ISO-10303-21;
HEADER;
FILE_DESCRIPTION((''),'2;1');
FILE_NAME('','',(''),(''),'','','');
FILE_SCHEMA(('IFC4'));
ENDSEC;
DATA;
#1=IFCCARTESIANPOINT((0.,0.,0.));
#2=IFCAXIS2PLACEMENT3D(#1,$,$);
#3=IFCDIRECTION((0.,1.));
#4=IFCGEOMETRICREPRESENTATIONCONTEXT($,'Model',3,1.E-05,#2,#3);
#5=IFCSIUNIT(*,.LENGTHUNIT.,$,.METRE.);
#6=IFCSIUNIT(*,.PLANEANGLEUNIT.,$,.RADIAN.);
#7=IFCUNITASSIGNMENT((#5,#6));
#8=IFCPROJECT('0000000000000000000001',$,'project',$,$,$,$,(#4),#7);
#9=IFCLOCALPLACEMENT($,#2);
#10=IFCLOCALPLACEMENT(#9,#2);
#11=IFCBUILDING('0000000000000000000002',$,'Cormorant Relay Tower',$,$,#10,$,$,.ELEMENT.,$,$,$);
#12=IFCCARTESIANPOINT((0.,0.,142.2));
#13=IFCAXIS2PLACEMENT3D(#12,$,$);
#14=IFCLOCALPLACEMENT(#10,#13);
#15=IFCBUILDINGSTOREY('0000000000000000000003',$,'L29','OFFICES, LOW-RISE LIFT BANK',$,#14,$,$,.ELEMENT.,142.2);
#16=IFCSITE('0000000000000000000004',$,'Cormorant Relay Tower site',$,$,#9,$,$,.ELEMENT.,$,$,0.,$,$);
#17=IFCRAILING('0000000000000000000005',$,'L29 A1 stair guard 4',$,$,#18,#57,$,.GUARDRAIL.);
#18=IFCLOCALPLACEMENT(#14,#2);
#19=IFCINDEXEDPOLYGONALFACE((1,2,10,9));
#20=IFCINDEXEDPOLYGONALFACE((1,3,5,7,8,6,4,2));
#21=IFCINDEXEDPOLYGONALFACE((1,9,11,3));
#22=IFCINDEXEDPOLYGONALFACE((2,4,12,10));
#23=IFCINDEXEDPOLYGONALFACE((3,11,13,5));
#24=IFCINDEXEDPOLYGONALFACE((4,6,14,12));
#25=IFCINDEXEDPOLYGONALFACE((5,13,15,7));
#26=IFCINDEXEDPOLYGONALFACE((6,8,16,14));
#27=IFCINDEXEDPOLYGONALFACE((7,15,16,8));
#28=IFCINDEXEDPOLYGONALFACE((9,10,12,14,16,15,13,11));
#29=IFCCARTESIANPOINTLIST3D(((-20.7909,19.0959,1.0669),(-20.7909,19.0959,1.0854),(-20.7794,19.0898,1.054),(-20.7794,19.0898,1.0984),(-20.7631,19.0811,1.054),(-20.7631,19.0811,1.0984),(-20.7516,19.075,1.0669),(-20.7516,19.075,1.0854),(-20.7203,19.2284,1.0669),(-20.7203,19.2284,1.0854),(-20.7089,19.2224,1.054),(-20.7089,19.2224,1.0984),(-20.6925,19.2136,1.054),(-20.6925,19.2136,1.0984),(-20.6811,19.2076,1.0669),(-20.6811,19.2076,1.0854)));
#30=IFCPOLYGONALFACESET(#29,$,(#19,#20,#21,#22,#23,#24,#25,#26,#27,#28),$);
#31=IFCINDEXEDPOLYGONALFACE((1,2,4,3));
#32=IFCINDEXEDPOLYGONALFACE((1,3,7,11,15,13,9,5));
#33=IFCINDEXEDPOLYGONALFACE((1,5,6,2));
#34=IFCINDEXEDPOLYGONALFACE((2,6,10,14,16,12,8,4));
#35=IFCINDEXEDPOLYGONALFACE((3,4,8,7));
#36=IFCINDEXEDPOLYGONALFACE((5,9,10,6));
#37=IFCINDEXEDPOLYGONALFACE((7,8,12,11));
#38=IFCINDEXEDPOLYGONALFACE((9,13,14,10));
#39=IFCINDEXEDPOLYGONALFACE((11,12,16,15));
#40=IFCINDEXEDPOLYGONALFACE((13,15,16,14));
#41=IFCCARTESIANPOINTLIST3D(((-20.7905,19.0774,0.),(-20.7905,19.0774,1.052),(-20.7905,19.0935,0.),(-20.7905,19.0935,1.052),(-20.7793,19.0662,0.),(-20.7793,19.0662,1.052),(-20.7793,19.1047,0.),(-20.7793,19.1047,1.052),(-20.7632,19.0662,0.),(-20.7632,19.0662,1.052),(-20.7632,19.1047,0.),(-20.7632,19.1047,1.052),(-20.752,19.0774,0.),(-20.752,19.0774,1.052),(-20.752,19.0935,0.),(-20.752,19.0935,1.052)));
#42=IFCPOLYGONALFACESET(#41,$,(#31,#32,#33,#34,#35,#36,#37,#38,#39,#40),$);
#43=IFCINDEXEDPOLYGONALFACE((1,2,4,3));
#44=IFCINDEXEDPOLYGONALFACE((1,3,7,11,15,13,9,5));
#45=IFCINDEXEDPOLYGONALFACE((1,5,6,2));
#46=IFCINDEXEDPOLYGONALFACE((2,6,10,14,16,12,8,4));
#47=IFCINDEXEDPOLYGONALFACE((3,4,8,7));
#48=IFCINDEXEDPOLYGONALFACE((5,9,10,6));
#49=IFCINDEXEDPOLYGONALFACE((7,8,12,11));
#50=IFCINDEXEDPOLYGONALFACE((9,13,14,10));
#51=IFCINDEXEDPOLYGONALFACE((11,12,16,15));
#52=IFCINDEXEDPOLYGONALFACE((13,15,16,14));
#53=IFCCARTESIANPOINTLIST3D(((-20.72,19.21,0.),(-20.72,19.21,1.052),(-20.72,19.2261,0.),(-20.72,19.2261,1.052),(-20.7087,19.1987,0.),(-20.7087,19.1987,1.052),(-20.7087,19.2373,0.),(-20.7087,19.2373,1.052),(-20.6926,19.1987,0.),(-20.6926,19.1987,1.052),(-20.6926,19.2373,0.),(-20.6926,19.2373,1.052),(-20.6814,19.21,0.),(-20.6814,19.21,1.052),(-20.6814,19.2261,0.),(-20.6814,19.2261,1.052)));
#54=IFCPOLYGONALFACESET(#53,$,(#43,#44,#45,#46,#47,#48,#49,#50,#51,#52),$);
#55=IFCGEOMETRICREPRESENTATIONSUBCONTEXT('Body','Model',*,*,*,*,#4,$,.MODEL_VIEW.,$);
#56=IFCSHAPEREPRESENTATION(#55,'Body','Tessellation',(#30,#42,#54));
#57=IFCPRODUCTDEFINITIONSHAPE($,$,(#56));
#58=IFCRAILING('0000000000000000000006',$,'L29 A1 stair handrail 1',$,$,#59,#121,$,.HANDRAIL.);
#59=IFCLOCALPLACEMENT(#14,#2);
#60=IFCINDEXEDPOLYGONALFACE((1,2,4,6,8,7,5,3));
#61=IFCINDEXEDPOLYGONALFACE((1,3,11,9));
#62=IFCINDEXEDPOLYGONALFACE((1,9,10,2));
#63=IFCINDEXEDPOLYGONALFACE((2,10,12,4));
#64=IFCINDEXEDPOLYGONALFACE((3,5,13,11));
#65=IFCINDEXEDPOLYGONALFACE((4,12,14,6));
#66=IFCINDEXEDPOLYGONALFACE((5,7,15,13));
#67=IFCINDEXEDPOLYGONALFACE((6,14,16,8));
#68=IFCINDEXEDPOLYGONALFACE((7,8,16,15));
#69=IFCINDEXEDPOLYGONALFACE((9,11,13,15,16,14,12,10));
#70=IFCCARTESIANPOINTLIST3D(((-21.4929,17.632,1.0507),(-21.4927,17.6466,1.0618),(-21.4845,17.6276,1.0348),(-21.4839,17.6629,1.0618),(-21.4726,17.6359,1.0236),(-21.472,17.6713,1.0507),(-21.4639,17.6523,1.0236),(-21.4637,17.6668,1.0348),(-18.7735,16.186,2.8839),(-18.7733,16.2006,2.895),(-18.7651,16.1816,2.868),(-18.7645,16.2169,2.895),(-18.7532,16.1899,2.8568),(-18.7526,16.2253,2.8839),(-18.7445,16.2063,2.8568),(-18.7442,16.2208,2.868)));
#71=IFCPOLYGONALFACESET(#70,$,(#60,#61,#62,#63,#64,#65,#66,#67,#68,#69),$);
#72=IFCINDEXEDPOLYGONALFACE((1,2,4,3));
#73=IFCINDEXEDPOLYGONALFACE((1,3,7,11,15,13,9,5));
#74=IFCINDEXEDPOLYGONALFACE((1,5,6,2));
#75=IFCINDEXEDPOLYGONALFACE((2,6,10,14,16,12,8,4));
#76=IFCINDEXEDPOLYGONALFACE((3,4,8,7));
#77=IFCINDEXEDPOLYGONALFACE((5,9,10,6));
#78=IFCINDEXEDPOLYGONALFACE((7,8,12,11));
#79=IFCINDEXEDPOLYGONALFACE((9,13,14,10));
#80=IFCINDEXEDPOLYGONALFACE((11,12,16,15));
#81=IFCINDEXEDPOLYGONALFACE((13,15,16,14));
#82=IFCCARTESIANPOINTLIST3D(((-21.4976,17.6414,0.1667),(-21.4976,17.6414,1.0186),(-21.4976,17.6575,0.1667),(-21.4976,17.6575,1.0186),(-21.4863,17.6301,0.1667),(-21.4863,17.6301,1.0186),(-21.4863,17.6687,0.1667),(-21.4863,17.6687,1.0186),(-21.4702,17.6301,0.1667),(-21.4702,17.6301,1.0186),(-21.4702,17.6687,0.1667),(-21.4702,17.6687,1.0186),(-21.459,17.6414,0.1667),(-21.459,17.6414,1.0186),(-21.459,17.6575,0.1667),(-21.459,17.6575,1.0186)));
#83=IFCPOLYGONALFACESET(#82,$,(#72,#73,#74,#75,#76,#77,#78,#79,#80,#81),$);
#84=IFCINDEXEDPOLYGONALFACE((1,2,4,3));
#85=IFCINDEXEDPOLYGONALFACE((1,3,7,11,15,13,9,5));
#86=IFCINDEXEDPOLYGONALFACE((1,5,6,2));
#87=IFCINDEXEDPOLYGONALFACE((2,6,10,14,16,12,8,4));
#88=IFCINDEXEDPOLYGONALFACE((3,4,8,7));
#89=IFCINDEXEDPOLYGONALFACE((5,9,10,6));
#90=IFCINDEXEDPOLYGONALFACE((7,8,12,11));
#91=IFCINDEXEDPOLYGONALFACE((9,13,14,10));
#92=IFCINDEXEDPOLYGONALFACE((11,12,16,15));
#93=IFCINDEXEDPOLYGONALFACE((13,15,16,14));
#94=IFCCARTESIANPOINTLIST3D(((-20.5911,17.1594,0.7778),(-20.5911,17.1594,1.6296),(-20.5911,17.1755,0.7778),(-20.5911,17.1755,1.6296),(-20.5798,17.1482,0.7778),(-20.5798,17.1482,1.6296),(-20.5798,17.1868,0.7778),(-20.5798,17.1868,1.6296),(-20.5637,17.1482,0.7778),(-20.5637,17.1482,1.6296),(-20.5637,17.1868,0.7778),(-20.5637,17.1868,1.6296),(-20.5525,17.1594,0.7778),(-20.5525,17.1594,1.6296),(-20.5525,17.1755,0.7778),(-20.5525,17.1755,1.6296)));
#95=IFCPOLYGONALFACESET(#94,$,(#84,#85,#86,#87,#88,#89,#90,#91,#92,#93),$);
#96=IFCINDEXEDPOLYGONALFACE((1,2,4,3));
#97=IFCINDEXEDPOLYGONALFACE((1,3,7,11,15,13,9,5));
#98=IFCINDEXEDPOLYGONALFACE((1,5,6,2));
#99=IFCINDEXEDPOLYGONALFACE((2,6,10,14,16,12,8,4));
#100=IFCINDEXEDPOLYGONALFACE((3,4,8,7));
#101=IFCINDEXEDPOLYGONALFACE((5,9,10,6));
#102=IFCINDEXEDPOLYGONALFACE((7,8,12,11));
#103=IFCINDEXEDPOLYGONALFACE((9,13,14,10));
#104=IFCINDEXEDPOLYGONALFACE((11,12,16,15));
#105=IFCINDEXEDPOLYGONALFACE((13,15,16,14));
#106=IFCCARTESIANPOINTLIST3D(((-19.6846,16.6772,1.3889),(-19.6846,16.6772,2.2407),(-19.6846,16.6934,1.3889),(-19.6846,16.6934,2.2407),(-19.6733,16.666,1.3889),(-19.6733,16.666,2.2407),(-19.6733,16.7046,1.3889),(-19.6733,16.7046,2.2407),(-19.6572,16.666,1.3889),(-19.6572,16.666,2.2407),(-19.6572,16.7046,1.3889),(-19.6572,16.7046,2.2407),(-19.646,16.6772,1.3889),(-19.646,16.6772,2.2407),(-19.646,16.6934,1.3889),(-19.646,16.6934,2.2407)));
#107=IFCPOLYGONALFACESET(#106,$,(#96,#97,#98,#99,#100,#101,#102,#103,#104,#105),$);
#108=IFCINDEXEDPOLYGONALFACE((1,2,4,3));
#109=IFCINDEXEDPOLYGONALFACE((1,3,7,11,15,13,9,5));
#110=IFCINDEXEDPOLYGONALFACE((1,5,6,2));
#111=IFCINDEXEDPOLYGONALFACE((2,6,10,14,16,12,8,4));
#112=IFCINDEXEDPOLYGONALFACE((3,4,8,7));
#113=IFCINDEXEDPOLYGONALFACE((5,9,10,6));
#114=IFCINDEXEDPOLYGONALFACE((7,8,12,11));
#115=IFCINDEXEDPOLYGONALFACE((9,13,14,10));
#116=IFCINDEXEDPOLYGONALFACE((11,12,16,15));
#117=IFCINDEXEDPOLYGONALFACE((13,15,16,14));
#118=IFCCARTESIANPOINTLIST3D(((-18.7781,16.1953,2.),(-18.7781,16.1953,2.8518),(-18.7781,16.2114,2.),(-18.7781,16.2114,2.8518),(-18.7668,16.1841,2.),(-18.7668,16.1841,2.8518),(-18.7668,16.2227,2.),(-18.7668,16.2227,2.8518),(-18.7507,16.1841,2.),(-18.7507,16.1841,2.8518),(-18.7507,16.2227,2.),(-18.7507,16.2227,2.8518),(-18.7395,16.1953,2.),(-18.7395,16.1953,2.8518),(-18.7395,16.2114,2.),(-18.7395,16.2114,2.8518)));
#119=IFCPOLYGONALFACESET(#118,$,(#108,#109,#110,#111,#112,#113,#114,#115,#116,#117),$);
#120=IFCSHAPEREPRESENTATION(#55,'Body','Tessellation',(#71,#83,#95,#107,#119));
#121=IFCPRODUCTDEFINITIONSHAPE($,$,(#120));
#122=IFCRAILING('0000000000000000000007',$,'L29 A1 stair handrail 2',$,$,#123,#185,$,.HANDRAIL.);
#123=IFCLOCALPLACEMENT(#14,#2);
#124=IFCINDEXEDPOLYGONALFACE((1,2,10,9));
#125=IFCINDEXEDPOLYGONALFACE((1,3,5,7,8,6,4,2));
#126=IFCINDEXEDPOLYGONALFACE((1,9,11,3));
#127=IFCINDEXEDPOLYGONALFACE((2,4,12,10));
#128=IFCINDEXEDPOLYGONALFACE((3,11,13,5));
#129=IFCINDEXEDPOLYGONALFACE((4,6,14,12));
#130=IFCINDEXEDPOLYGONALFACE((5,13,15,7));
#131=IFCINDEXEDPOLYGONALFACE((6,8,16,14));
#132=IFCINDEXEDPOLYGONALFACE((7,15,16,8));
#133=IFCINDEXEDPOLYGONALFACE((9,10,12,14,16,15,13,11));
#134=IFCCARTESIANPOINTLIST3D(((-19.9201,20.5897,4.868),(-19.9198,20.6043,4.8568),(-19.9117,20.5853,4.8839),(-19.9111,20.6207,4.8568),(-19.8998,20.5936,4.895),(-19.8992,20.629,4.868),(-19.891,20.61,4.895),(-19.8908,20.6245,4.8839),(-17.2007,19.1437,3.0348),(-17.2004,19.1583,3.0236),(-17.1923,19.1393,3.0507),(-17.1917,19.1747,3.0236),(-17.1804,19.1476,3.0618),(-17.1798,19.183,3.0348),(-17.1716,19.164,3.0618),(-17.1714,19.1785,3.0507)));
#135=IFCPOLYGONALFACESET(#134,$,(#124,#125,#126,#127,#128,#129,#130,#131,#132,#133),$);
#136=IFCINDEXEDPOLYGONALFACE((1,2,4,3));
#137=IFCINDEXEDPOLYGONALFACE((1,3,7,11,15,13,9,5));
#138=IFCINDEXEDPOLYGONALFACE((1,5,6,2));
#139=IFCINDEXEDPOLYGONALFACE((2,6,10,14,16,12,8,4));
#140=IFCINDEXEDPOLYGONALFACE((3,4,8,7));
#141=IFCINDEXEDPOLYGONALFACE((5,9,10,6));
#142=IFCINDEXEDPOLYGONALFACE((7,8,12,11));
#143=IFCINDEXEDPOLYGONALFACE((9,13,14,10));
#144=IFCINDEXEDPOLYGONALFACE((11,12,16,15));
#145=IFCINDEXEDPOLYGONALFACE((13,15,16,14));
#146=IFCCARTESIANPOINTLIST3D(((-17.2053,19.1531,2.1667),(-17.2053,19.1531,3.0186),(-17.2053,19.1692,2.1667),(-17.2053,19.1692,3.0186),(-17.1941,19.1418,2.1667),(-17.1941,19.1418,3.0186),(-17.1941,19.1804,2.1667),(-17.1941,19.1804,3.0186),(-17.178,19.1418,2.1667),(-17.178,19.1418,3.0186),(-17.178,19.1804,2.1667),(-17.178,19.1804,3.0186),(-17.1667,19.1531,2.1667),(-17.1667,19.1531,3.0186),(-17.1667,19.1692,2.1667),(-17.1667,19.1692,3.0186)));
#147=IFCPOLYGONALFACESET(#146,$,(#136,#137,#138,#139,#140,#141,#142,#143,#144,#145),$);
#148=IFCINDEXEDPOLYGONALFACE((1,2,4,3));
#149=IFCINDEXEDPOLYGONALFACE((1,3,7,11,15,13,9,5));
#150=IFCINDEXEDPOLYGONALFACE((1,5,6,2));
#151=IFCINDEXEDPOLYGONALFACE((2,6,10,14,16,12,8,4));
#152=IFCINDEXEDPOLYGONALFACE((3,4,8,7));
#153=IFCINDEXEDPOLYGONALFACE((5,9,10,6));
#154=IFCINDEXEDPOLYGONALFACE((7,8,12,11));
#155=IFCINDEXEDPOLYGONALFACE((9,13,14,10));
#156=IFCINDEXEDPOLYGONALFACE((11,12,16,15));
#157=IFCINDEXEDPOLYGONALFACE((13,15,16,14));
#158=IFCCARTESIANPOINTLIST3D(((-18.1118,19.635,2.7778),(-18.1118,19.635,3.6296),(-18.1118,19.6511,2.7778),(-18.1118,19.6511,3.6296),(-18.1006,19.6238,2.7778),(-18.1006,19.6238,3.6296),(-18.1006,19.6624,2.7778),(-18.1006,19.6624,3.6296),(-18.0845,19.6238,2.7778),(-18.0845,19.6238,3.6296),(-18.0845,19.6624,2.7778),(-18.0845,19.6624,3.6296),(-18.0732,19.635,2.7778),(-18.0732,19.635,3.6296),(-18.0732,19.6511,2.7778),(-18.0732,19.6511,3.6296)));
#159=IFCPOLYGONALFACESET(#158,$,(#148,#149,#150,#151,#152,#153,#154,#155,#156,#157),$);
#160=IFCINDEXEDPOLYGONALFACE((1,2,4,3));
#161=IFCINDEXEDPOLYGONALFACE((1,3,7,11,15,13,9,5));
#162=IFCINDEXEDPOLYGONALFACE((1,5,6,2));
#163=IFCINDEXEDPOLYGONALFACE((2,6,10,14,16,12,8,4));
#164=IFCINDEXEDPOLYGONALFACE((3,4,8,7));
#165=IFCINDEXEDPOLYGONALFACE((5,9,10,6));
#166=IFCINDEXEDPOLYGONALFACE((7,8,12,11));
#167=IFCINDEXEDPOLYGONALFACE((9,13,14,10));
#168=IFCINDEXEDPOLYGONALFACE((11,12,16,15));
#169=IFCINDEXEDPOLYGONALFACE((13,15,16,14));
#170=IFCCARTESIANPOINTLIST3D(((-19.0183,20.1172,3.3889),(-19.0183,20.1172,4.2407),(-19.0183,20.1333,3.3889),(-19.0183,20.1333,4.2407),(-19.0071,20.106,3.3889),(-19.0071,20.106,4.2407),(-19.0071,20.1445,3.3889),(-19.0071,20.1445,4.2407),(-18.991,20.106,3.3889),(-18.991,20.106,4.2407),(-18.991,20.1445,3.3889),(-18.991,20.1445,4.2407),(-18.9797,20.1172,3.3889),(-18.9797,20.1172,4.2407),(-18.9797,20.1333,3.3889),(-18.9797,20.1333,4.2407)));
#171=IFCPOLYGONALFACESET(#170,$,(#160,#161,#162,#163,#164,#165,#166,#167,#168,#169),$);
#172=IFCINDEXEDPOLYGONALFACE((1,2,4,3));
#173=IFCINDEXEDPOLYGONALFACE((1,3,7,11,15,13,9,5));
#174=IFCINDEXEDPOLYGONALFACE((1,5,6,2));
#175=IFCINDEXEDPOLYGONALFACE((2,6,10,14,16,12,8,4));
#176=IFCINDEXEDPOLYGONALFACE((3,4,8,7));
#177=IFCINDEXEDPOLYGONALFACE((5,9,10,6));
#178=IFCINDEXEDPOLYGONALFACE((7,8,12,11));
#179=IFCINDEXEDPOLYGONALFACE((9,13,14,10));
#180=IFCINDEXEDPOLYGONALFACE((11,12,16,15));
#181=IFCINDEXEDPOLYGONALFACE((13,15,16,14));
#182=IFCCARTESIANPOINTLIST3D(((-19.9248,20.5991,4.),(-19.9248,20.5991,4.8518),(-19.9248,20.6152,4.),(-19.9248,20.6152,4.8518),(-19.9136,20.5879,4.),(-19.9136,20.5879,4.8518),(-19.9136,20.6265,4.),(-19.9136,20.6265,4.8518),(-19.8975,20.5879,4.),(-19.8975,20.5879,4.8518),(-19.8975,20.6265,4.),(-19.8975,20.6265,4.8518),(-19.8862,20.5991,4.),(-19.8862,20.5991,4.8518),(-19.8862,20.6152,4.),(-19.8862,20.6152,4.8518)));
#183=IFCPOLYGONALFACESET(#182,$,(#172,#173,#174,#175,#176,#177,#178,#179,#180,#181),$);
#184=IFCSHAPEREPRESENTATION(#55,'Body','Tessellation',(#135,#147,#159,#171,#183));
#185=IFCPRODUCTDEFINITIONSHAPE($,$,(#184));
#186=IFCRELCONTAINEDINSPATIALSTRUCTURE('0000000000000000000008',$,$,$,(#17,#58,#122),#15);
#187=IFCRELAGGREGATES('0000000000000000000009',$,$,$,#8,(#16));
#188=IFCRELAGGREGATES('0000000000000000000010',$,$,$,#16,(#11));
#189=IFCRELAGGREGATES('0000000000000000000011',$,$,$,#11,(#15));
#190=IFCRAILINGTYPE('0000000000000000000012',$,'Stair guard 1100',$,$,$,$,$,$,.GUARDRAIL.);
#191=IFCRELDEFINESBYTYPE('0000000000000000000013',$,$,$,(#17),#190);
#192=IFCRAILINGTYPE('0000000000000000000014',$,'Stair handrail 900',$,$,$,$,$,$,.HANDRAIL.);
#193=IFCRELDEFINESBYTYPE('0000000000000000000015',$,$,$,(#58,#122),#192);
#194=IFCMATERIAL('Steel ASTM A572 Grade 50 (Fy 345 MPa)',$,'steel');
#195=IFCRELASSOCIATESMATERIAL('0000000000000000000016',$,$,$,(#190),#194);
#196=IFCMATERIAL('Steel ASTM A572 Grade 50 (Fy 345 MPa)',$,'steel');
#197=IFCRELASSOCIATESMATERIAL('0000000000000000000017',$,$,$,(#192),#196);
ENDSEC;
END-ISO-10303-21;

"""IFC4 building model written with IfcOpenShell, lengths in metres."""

from ifc_helpers import new_model, si_unit, direction, frame, origin, place, context, subcontext, project, spatial, polyline, outline, extrude, material, type_object, element, save


model = new_model("IFC4")

# Units and contexts
model_context = context("Model", 3, precision=1e-05, world=origin(), true_north=direction((0.0, 1.0)))
body_context = subcontext(model_context, "Body", "Model", "MODEL_VIEW")
ifc_project = project(units=[si_unit("LENGTHUNIT", "METRE"), si_unit("PLANEANGLEUNIT", "RADIAN")], contexts=[model_context])

# Site, building, storey
site_placement = place(None, origin())
site = spatial("IfcSite", under=ifc_project, at=site_placement, Name="Cormorant Relay Tower site", CompositionType="ELEMENT", RefElevation=0.0)
building_placement = place(site_placement, origin())
building = spatial("IfcBuilding", under=site, at=building_placement, Name="Cormorant Relay Tower", CompositionType="ELEMENT")
storey_placement = place(building_placement, frame((0.0, 0.0, 142.2)))
storey = spatial("IfcBuildingStorey", under=building, at=storey_placement, Name="L29", Description="OFFICES, LOW-RISE LIFT BANK", CompositionType="ELEMENT", Elevation=142.2)

# Railings
ifc_material_1 = material(Name="Steel ASTM A572 Grade 50 (Fy 345 MPa)", Category="steel")
railing_type_1 = type_object("IfcRailingType", Name="Stair guard 1100", PredefinedType="GUARDRAIL", material=ifc_material_1)
railing_1_placement = place(storey_placement, frame((-20.7712, 19.0854, 0.0)))
element("IfcRailing", 1, at=railing_1_placement, inside=storey, type_object=railing_type_1, Name="L29 A1 stair guard 4", PredefinedType="GUARDRAIL", context=body_context, shape_type="SweptSolid", body=[
    extrude(outline(polyline([(0.0222, 0.0093), (0.0093, 0.0222), (-0.0093, 0.0222), (-0.0222, 0.0093), (-0.0222, -0.0093), (-0.0093, -0.0222), (0.0093, -0.0222), (0.0222, -0.0093), (0.0222, 0.0093)])), frame((0.0, 0.0, 1.0762), z_axis=(0.469829, 0.882758, 0.0), x_axis=(-0.882758, 0.469829, 0.0)), (0.0, 0.0, 1.0), 0.1501),
    extrude(outline(polyline([(0.0193, 0.0081), (0.0081, 0.0193), (-0.0081, 0.0193), (-0.0193, 0.0081), (-0.0193, -0.0081), (-0.0081, -0.0193), (0.0081, -0.0193), (0.0193, -0.0081), (0.0193, 0.0081)])), origin(), (0.0, 0.0, 1.0), 1.052),
    extrude(outline(polyline([(0.0193, 0.0081), (0.0081, 0.0193), (-0.0081, 0.0193), (-0.0193, 0.0081), (-0.0193, -0.0081), (-0.0081, -0.0193), (0.0081, -0.0193), (0.0193, -0.0081), (0.0193, 0.0081)])), frame((0.0706, 0.1326, 0.0)), (0.0, 0.0, 1.0), 1.052),
])
ifc_material_2 = material(Name="Steel ASTM A572 Grade 50 (Fy 345 MPa)", Category="steel")
railing_type_2 = type_object("IfcRailingType", Name="Stair handrail 900", PredefinedType="HANDRAIL", material=ifc_material_2)
railing_2_placement = place(storey_placement, frame((-21.4783, 17.6494, 0.1667)))
element("IfcRailing", 2, at=railing_2_placement, inside=storey, type_object=railing_type_2, Name="L29 A1 stair handrail 1", PredefinedType="HANDRAIL", context=body_context, shape_type="SweptSolid", body=[
    extrude(outline(polyline([(0.0222, 0.0093), (0.0093, 0.0222), (-0.0093, 0.0222), (-0.0222, 0.0093), (-0.0222, -0.0093), (-0.0093, -0.0222), (0.0093, -0.0222), (0.0222, -0.0093), (0.0222, 0.0093)])), frame((0.0, 0.0, 0.876), z_axis=(0.758714, -0.403435, 0.511463), x_axis=(0.469489, 0.882938, 0.0)), (0.0, 0.0, 1.0), 3.5842),
    extrude(outline(polyline([(0.0193, 0.0081), (0.0081, 0.0193), (-0.0081, 0.0193), (-0.0193, 0.0081), (-0.0193, -0.0081), (-0.0081, -0.0193), (0.0081, -0.0193), (0.0193, -0.0081), (0.0193, 0.0081)])), origin(), (0.0, 0.0, 1.0), 0.8518),
    extrude(outline(polyline([(0.0193, 0.0081), (0.0081, 0.0193), (-0.0081, 0.0193), (-0.0193, 0.0081), (-0.0193, -0.0081), (-0.0081, -0.0193), (0.0081, -0.0193), (0.0193, -0.0081), (0.0193, 0.0081)])), frame((0.9065, -0.4819, 0.6111)), (0.0, 0.0, 1.0), 0.8518),
    extrude(outline(polyline([(0.0193, 0.0081), (0.0081, 0.0193), (-0.0081, 0.0193), (-0.0193, 0.0081), (-0.0193, -0.0081), (-0.0081, -0.0193), (0.0081, -0.0193), (0.0193, -0.0081), (0.0193, 0.0081)])), frame((1.813, -0.9641, 1.2222)), (0.0, 0.0, 1.0), 0.8518),
    extrude(outline(polyline([(0.0193, 0.0081), (0.0081, 0.0193), (-0.0081, 0.0193), (-0.0193, 0.0081), (-0.0193, -0.0081), (-0.0081, -0.0193), (0.0081, -0.0193), (0.0193, -0.0081), (0.0193, 0.0081)])), frame((2.7195, -1.446, 1.8333)), (0.0, 0.0, 1.0), 0.8518),
])
railing_3_placement = place(storey_placement, frame((-17.186, 19.1611, 2.1667)))
element("IfcRailing", 3, at=railing_3_placement, inside=storey, type_object=railing_type_2, Name="L29 A1 stair handrail 2", PredefinedType="HANDRAIL", context=body_context, shape_type="SweptSolid", body=[
    extrude(outline(polyline([(0.0222, 0.0093), (0.0093, 0.0222), (-0.0093, 0.0222), (-0.0222, 0.0093), (-0.0222, -0.0093), (-0.0093, -0.0222), (0.0093, -0.0222), (0.0222, -0.0093), (0.0222, 0.0093)])), frame((0.0, 0.0, 0.876), z_axis=(-0.758714, 0.403435, 0.511463), x_axis=(-0.469489, -0.882938, 0.0)), (0.0, 0.0, 1.0), 3.5842),
    extrude(outline(polyline([(0.0193, 0.0081), (0.0081, 0.0193), (-0.0081, 0.0193), (-0.0193, 0.0081), (-0.0193, -0.0081), (-0.0081, -0.0193), (0.0081, -0.0193), (0.0193, -0.0081), (0.0193, 0.0081)])), origin(), (0.0, 0.0, 1.0), 0.8518),
    extrude(outline(polyline([(0.0193, 0.0081), (0.0081, 0.0193), (-0.0081, 0.0193), (-0.0193, 0.0081), (-0.0193, -0.0081), (-0.0081, -0.0193), (0.0081, -0.0193), (0.0193, -0.0081), (0.0193, 0.0081)])), frame((-0.9065, 0.4819, 0.6111)), (0.0, 0.0, 1.0), 0.8518),
    extrude(outline(polyline([(0.0193, 0.0081), (0.0081, 0.0193), (-0.0081, 0.0193), (-0.0193, 0.0081), (-0.0193, -0.0081), (-0.0081, -0.0193), (0.0081, -0.0193), (0.0193, -0.0081), (0.0193, 0.0081)])), frame((-1.813, 0.9641, 1.2222)), (0.0, 0.0, 1.0), 0.8518),
    extrude(outline(polyline([(0.0193, 0.0081), (0.0081, 0.0193), (-0.0081, 0.0193), (-0.0193, 0.0081), (-0.0193, -0.0081), (-0.0081, -0.0193), (0.0081, -0.0193), (0.0193, -0.0081), (0.0193, 0.0081)])), frame((-2.7195, 1.446, 1.8333)), (0.0, 0.0, 1.0), 0.8518),
])

save(model, "model.ifc")
